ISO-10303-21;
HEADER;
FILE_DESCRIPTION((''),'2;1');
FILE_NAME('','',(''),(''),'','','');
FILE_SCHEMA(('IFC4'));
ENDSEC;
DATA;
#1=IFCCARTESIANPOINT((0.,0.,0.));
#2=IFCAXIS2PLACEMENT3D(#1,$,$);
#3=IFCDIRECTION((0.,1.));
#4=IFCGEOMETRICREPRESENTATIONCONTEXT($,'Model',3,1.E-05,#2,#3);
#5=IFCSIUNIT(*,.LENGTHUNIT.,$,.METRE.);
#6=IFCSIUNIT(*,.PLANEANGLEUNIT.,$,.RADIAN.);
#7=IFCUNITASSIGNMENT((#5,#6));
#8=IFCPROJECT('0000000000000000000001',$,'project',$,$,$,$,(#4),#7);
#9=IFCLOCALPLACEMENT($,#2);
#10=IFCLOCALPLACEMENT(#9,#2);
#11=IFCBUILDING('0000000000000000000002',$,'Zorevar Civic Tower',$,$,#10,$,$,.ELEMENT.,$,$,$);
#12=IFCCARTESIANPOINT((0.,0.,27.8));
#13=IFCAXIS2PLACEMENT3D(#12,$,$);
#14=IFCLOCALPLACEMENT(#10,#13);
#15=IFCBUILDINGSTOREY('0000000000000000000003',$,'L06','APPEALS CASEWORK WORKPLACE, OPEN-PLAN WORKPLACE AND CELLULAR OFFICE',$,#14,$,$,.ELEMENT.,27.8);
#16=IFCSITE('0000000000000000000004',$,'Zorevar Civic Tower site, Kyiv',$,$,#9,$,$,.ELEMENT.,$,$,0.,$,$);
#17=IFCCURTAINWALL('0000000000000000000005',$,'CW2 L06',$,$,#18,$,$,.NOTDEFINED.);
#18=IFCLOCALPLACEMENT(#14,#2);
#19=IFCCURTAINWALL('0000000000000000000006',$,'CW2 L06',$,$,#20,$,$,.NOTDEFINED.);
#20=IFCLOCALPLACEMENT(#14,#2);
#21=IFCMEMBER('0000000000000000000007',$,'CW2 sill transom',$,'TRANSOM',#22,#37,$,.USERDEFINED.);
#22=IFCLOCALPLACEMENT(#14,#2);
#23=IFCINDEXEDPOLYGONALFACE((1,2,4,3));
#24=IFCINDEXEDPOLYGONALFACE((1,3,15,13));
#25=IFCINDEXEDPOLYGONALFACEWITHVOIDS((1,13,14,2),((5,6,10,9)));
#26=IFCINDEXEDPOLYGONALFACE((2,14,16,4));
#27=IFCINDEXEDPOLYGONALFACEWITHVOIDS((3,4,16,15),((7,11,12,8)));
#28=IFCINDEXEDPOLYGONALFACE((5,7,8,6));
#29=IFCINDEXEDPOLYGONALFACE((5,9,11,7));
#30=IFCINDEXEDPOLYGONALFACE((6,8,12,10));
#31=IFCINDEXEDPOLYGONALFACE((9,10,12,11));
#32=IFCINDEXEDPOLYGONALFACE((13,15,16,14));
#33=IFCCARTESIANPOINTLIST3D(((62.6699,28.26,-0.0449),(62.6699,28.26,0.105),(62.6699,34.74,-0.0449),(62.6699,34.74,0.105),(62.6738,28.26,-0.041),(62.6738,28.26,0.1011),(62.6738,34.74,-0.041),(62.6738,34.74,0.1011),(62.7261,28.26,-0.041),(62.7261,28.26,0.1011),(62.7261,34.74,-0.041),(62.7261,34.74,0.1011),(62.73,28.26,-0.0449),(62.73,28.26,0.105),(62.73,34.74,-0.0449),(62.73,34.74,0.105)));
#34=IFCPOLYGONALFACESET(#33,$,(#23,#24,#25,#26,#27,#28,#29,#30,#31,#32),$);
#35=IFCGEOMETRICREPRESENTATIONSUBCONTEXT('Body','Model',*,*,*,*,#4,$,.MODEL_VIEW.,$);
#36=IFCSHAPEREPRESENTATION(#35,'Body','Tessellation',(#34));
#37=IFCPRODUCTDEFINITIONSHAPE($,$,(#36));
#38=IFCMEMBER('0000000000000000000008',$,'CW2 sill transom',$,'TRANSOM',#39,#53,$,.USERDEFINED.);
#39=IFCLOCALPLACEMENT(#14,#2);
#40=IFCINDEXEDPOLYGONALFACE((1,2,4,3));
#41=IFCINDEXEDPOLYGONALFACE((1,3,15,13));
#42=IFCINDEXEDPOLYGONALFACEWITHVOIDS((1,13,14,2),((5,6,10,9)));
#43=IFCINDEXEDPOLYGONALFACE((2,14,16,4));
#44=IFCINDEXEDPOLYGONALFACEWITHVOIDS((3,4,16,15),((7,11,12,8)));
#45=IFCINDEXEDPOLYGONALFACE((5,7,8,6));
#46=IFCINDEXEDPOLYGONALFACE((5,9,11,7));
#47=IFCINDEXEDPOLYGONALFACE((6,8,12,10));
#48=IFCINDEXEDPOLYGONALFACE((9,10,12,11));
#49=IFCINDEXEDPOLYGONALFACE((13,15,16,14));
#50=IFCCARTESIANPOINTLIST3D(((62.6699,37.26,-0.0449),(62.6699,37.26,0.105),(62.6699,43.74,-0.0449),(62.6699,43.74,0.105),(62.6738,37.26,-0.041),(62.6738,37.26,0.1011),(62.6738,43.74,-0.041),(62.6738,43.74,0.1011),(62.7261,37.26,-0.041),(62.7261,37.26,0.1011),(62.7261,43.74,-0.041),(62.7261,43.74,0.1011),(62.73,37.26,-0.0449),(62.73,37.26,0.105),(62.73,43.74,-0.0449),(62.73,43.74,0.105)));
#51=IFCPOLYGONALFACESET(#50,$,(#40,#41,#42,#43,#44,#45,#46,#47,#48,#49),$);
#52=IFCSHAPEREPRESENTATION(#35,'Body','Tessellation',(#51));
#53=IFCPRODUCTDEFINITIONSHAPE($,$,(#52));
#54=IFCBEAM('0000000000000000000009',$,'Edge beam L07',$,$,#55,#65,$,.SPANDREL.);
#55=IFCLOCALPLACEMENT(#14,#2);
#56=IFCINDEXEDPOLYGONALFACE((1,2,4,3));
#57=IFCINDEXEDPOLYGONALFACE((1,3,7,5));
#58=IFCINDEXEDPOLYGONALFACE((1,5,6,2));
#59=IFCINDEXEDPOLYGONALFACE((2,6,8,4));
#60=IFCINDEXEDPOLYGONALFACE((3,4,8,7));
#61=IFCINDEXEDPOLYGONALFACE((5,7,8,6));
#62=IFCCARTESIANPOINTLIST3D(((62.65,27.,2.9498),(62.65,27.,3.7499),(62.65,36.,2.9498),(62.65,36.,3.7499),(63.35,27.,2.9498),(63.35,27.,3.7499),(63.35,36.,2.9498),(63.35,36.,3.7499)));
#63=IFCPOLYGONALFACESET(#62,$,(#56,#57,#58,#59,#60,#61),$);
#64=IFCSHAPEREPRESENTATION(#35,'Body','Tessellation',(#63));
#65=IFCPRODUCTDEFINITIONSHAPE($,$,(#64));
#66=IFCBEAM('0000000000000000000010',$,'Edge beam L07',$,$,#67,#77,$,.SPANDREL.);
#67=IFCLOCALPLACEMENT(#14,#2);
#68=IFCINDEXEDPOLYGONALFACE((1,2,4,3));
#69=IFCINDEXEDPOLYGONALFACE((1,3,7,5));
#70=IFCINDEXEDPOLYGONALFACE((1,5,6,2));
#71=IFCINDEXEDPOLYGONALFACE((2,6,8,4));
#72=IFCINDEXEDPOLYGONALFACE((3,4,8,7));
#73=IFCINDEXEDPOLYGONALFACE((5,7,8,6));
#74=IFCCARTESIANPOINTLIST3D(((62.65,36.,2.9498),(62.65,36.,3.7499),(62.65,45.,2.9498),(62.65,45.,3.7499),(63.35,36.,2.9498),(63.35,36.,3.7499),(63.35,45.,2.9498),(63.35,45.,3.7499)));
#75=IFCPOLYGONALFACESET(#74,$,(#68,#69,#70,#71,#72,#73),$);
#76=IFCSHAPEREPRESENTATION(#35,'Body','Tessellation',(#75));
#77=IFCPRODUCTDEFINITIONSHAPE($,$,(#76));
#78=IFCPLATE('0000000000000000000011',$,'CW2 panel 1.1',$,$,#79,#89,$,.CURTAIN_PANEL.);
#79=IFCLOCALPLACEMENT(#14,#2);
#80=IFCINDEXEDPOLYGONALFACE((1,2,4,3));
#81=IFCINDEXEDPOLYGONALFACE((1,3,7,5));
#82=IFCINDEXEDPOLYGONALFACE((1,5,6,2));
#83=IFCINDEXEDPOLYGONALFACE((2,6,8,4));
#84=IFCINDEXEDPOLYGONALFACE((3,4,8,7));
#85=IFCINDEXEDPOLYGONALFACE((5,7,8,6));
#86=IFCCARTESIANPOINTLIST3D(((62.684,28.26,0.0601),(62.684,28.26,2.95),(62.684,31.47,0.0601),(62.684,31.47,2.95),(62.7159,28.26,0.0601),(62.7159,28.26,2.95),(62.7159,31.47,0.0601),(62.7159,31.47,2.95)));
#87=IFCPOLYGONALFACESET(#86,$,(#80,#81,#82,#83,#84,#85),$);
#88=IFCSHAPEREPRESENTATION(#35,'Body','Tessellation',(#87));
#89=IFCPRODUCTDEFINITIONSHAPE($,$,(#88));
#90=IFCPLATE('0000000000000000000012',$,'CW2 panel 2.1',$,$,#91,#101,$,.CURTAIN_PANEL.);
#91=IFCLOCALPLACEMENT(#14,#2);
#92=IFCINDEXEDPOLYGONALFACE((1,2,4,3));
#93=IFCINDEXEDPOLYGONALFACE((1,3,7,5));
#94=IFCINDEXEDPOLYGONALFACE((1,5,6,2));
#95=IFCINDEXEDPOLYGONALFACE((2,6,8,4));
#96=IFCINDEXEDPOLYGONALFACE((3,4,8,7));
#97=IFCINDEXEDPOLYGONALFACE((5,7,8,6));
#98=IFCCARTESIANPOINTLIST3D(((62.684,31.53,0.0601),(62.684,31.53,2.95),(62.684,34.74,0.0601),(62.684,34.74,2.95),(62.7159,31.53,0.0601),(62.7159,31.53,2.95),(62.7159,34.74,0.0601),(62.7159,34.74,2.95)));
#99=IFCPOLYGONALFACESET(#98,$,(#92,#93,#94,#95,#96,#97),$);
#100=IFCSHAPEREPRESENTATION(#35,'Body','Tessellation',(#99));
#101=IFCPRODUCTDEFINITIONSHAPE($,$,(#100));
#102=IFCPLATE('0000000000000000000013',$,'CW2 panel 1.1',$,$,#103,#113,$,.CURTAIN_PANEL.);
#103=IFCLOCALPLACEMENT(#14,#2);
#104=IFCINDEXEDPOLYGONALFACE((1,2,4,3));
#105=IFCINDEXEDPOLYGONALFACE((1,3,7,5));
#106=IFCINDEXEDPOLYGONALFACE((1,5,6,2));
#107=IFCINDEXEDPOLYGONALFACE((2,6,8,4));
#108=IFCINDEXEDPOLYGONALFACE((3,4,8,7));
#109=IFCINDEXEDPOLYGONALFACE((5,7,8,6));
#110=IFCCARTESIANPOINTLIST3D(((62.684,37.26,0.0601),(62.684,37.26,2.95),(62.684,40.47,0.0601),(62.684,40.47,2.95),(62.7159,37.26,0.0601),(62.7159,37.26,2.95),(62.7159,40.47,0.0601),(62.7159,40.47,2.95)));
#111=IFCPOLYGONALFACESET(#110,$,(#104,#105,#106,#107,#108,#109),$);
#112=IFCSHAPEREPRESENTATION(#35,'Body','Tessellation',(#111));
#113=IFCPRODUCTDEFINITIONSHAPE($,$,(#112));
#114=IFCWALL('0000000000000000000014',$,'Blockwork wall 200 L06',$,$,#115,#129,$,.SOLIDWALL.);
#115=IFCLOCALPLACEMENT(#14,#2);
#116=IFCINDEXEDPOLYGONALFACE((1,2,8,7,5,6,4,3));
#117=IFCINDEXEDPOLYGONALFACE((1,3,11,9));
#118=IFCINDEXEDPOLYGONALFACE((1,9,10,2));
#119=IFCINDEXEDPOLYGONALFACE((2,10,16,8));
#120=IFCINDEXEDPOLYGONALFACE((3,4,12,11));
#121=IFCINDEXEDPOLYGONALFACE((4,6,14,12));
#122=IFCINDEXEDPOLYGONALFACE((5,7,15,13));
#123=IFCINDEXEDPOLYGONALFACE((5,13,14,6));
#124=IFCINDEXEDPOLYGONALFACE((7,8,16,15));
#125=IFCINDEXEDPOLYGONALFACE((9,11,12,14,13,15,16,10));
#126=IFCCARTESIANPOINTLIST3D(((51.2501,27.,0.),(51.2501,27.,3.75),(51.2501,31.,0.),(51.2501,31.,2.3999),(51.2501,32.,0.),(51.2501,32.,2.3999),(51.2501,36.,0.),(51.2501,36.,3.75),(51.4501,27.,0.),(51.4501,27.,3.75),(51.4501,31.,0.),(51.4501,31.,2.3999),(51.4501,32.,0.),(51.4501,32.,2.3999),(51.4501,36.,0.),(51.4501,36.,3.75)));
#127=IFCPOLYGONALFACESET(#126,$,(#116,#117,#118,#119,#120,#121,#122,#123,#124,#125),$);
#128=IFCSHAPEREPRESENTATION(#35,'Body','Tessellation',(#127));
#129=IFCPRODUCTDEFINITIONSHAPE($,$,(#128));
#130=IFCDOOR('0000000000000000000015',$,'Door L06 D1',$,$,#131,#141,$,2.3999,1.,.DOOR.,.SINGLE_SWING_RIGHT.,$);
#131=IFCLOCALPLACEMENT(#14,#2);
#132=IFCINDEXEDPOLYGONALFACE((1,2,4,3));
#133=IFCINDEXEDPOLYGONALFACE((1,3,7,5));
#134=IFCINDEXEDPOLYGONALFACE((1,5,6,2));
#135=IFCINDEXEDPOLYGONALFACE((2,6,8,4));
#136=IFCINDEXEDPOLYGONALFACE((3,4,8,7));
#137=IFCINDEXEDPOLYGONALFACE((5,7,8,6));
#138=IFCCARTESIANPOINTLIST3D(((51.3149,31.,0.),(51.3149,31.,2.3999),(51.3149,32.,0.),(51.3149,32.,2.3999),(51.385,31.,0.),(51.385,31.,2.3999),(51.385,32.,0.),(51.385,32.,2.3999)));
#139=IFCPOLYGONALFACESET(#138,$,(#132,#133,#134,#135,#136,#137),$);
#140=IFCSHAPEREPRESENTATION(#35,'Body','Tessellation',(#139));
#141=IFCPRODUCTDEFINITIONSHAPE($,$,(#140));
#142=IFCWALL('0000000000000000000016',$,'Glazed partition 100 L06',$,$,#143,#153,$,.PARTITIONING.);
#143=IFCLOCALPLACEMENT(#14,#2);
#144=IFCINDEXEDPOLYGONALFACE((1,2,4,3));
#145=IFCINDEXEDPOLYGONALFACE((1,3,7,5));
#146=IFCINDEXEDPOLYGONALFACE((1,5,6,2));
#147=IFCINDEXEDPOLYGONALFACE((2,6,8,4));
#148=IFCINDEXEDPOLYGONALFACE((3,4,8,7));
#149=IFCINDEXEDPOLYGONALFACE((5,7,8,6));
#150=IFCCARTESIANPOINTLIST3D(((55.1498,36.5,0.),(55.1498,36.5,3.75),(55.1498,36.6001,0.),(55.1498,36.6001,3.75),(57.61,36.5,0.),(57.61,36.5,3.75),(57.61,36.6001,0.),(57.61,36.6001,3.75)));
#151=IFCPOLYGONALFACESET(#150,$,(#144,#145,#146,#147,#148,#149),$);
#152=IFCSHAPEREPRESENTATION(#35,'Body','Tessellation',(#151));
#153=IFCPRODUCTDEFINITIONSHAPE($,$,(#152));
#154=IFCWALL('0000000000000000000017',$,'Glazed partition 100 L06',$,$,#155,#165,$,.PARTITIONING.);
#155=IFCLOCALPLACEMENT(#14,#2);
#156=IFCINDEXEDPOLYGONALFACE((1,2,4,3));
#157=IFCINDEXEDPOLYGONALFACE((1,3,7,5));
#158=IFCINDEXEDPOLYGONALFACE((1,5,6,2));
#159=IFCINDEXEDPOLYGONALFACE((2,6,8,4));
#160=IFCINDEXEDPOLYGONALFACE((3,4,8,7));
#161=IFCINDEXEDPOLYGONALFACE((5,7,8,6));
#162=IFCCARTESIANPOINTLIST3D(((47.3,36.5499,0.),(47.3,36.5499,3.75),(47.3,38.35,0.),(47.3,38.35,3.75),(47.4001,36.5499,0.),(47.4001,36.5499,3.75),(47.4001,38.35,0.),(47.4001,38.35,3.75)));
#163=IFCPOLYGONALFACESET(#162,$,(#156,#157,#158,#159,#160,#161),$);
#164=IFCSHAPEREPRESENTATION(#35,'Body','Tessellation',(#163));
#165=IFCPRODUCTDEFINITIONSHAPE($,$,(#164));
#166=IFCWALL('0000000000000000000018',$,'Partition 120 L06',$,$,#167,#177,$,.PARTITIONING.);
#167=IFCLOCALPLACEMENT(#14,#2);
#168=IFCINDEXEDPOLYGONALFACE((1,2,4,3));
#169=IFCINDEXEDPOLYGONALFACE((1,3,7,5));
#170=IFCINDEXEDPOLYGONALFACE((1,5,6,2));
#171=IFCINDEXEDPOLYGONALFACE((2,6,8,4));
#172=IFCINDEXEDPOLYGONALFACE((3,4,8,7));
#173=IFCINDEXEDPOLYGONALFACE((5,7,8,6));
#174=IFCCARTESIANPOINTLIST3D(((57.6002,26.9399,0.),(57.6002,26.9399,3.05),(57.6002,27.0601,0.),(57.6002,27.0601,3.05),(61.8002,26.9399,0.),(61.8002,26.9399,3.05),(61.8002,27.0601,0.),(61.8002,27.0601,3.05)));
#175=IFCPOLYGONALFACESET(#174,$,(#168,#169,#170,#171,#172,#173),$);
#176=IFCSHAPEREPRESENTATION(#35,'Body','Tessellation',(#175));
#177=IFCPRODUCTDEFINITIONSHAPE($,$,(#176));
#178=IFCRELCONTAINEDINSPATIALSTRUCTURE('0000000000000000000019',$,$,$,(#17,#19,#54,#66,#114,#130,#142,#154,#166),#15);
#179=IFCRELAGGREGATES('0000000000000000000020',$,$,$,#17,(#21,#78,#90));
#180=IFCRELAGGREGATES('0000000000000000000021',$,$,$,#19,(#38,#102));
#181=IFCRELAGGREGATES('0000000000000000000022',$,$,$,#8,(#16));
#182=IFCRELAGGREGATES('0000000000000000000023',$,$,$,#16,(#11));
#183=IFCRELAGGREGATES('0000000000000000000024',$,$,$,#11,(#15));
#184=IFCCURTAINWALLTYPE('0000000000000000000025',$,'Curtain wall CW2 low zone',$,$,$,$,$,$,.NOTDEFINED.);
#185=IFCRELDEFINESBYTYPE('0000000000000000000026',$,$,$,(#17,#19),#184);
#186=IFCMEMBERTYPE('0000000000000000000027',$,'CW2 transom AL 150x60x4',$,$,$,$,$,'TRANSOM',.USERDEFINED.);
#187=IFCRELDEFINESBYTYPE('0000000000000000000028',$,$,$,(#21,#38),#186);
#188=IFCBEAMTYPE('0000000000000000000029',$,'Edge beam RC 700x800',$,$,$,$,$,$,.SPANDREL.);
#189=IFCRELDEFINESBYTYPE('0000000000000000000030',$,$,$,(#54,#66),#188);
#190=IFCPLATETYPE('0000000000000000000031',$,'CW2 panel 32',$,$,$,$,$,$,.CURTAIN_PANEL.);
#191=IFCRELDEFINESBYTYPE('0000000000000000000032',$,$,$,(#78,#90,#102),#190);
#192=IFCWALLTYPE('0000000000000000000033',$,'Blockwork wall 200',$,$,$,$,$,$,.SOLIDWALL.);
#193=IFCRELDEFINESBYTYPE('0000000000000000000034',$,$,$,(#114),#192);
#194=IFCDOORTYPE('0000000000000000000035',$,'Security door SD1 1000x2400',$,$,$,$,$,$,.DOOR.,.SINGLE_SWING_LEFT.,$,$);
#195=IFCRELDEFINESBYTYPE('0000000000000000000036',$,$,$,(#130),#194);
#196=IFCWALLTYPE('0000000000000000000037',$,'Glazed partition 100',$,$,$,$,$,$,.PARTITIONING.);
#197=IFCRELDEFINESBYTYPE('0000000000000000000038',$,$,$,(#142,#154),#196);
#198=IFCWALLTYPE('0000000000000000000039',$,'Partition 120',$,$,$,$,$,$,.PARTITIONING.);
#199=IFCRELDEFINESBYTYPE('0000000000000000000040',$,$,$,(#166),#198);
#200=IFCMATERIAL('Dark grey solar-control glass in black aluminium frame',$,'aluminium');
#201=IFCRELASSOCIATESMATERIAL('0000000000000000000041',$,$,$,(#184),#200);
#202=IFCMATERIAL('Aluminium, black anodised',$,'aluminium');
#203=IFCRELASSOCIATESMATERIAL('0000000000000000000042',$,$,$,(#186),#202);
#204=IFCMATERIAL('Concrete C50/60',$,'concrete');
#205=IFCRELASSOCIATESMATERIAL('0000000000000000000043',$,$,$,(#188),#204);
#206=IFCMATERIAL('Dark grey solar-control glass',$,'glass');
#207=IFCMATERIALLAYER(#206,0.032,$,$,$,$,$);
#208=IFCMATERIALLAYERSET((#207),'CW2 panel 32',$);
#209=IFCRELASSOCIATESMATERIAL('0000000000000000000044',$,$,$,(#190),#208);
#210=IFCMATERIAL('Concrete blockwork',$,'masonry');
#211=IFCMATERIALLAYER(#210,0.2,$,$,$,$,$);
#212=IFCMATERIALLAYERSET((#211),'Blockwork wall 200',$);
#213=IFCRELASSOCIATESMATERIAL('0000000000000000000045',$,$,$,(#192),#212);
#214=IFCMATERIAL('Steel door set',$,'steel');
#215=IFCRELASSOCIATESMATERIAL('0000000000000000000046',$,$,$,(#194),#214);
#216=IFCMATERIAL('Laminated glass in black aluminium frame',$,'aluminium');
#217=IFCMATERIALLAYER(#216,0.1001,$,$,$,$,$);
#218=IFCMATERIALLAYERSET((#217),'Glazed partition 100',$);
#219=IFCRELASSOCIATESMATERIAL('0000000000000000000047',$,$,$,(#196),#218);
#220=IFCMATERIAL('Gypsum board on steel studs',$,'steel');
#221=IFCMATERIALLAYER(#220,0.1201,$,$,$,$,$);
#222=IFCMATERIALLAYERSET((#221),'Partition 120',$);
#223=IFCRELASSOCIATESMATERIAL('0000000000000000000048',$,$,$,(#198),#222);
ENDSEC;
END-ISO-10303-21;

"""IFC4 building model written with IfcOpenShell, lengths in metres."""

from ifc_helpers import new_model, si_unit, direction, frame, frame_2d, origin, origin_2d, place, context, subcontext, project, spatial, rectangle, hollow_rectangle, extrude, material, layer, layer_set, material_profile, profile_set, type_object, element, fill, aggregate, save


model = new_model("IFC4")

# Units and contexts
model_context = context("Model", 3, precision=1e-05, world=origin(), true_north=direction((0.0, 1.0)))
body_context = subcontext(model_context, "Body", "Model", "MODEL_VIEW")
ifc_project = project(units=[si_unit("LENGTHUNIT", "METRE"), si_unit("PLANEANGLEUNIT", "RADIAN")], contexts=[model_context])

# Site, building, storey
site_placement = place(None, origin())
site = spatial("IfcSite", under=ifc_project, at=site_placement, Name="Zorevar Civic Tower site, Kyiv", CompositionType="ELEMENT", RefElevation=0.0)
building_placement = place(site_placement, origin())
building = spatial("IfcBuilding", under=site, at=building_placement, Name="Zorevar Civic Tower", CompositionType="ELEMENT")
storey_placement = place(building_placement, frame((0.0, 0.0, 27.8)))
storey = spatial("IfcBuildingStorey", under=building, at=storey_placement, Name="L06", Description="APPEALS CASEWORK WORKPLACE, OPEN-PLAN WORKPLACE AND CELLULAR OFFICE", CompositionType="ELEMENT", Elevation=27.8)

# Curtain wall
ifc_material_1 = material(Name="Dark grey solar-control glass in black aluminium frame", Category="aluminium")
curtain_wall_type = type_object("IfcCurtainWallType", Name="Curtain wall CW2 low zone", PredefinedType="NOTDEFINED", material=ifc_material_1)
curtain_wall_1_placement = place(storey_placement, origin())
curtain_wall_1 = element("IfcCurtainWall", 1, at=curtain_wall_1_placement, inside=storey, type_object=curtain_wall_type, Name="CW2 L06", PredefinedType="NOTDEFINED")

# Curtain wall
curtain_wall_2_placement = place(storey_placement, origin())
curtain_wall_2 = element("IfcCurtainWall", 2, at=curtain_wall_2_placement, inside=storey, type_object=curtain_wall_type, Name="CW2 L06", PredefinedType="NOTDEFINED")

# Members
ifc_material_2 = material(Name="Aluminium, black anodised", Category="aluminium")
ifc_material_profile_1 = material_profile(ifc_material_2, hollow_rectangle(XDim=0.0601, YDim=0.1499, WallThickness=0.0039, at=origin_2d()), Name="AL 150x60x4")
ifc_profile_set_1 = profile_set([ifc_material_profile_1], Name="Aluminium, black anodised")
member_type_1 = type_object("IfcMemberType", Name="CW2 transom AL 150x60x4", ElementType="TRANSOM", PredefinedType="USERDEFINED", material=ifc_profile_set_1)
member_1_placement = place(storey_placement, frame((62.7, 28.26, 0.03), z_axis=(0.0, 1.0, 0.0), x_axis=(-1.0, 0.0, 0.0)))
member_1 = element("IfcMember", 3, at=member_1_placement, type_object=member_type_1, Name="CW2 sill transom", ObjectType="TRANSOM", PredefinedType="USERDEFINED", context=body_context, shape_type="SweptSolid", body=[
    extrude(hollow_rectangle(XDim=0.0601, YDim=0.1499, WallThickness=0.0039, at=origin_2d()), origin(), (0.0, 0.0, 1.0), 6.48),
])
member_2_placement = place(storey_placement, frame((62.7, 37.26, 0.03), z_axis=(0.0, 1.0, 0.0), x_axis=(-1.0, 0.0, 0.0)))
member_2 = element("IfcMember", 4, at=member_2_placement, type_object=member_type_1, Name="CW2 sill transom", ObjectType="TRANSOM", PredefinedType="USERDEFINED", context=body_context, shape_type="SweptSolid", body=[
    extrude(hollow_rectangle(XDim=0.0601, YDim=0.1499, WallThickness=0.0039, at=origin_2d()), origin(), (0.0, 0.0, 1.0), 6.48),
])

# Beams
ifc_material_3 = material(Name="Concrete C50/60", Category="concrete")
ifc_material_profile_2 = material_profile(ifc_material_3, rectangle(XDim=0.7, YDim=0.8, at=origin_2d()), Name="RC 700x800")
ifc_profile_set_2 = profile_set([ifc_material_profile_2], Name="Concrete C50/60")
beam_type_1 = type_object("IfcBeamType", Name="Edge beam RC 700x800", PredefinedType="SPANDREL", material=ifc_profile_set_2)
for number, where, z_axis, x_axis, name in (
    (5, (63.0, 27.0, 3.3499), (0.0, 1.0, 0.0), (-1.0, 0.0, 0.0), "Edge beam L07"),
    (6, (63.0, 36.0, 3.3499), (0.0, 1.0, 0.0), (-1.0, 0.0, 0.0), "Edge beam L07"),
):
    element("IfcBeam", number, at=place(storey_placement, frame(where, z_axis=z_axis, x_axis=x_axis)), inside=storey, type_object=beam_type_1, Name=name, PredefinedType="SPANDREL", context=body_context, shape_type="SweptSolid", body=[
        extrude(rectangle(XDim=0.7, YDim=0.8, at=origin_2d()), origin(), (0.0, 0.0, 1.0), 9.0),
    ])

# Plates
ifc_material_4 = material(Name="Dark grey solar-control glass", Category="glass")
ifc_layer_1 = layer(ifc_material_4, 0.032)
ifc_layer_set_1 = layer_set([ifc_layer_1], Name="CW2 panel 32")
plate_type = type_object("IfcPlateType", Name="CW2 panel 32", PredefinedType="CURTAIN_PANEL", material=ifc_layer_set_1)
plate_1_placement = place(storey_placement, frame((62.7, 29.865, 0.0601), z_axis=(0.0, 0.0, 1.0), x_axis=(0.0, 1.0, 0.0)))
plate_1 = element("IfcPlate", 7, at=plate_1_placement, type_object=plate_type, Name="CW2 panel 1.1", PredefinedType="CURTAIN_PANEL", context=body_context, shape_type="SweptSolid", body=[
    extrude(rectangle(XDim=3.21, YDim=0.032, at=origin_2d()), origin(), (0.0, 0.0, 1.0), 2.8899),
])
plate_2_placement = place(storey_placement, frame((62.7, 33.135, 0.0601), z_axis=(0.0, 0.0, 1.0), x_axis=(0.0, 1.0, 0.0)))
plate_2 = element("IfcPlate", 8, at=plate_2_placement, type_object=plate_type, Name="CW2 panel 2.1", PredefinedType="CURTAIN_PANEL", context=body_context, shape_type="SweptSolid", body=[
    extrude(rectangle(XDim=3.21, YDim=0.032, at=origin_2d()), origin(), (0.0, 0.0, 1.0), 2.8899),
])
aggregate(curtain_wall_1, [member_1, plate_1, plate_2])
plate_3_placement = place(storey_placement, frame((62.7, 38.865, 0.0601), z_axis=(0.0, 0.0, 1.0), x_axis=(0.0, 1.0, 0.0)))
plate_3 = element("IfcPlate", 9, at=plate_3_placement, type_object=plate_type, Name="CW2 panel 1.1", PredefinedType="CURTAIN_PANEL", context=body_context, shape_type="SweptSolid", body=[
    extrude(rectangle(XDim=3.21, YDim=0.032, at=origin_2d()), origin(), (0.0, 0.0, 1.0), 2.8899),
])
aggregate(curtain_wall_2, [member_2, plate_3])

# Wall, opening, door
ifc_material_5 = material(Name="Concrete blockwork", Category="masonry")
ifc_layer_2 = layer(ifc_material_5, 0.2)
ifc_layer_set_2 = layer_set([ifc_layer_2], Name="Blockwork wall 200")
wall_type_1 = type_object("IfcWallType", Name="Blockwork wall 200", PredefinedType="SOLIDWALL", material=ifc_layer_set_2)
wall_1_placement = place(storey_placement, frame((51.3501, 27.0, 0.0), z_axis=(0.0, 0.0, 1.0), x_axis=(0.0, 1.0, 0.0)))
wall_1 = element("IfcWall", 10, at=wall_1_placement, inside=storey, type_object=wall_type_1, Name="Blockwork wall 200 L06", PredefinedType="SOLIDWALL", context=body_context, shape_type="SweptSolid", body=[
    extrude(rectangle(XDim=9.0, YDim=0.2, at=frame_2d((4.5, 0.0))), origin(), (0.0, 0.0, 1.0), 3.75),
])
opening_1_placement = place(wall_1_placement, frame((4.0, 0.0, 0.0)))
opening_1 = element("IfcOpeningElement", 11, at=opening_1_placement, cuts=wall_1, PredefinedType="OPENING", context=body_context, shape_type="SweptSolid", body=[
    extrude(rectangle(XDim=1.0, YDim=2.3999, at=frame_2d((0.5, 1.2))), frame((0.0, 0.1099, 0.0), z_axis=(0.0, -1.0, 0.0), x_axis=(1.0, 0.0, 0.0)), (0.0, 0.0, 1.0), 0.22),
])
ifc_material_6 = material(Name="Steel door set", Category="steel")
door_type_1 = type_object("IfcDoorType", Name="Security door SD1 1000x2400", OperationType="SINGLE_SWING_LEFT", PredefinedType="DOOR", material=ifc_material_6)
door_1_placement = place(opening_1_placement, origin())
door_1 = element("IfcDoor", 12, at=door_1_placement, inside=storey, type_object=door_type_1, Name="Door L06 D1", OperationType="SINGLE_SWING_RIGHT", OverallHeight=2.3999, OverallWidth=1.0, PredefinedType="DOOR", context=body_context, shape_type="SweptSolid", body=[
    extrude(rectangle(XDim=1.0, YDim=2.3999, at=frame_2d((0.5, 1.2))), frame((0.0, 0.0352, 0.0), z_axis=(0.0, -1.0, 0.0), x_axis=(1.0, 0.0, 0.0)), (0.0, 0.0, 1.0), 0.0701),
])
fill(opening_1, door_1)

# Walls
ifc_material_7 = material(Name="Laminated glass in black aluminium frame", Category="aluminium")
ifc_layer_3 = layer(ifc_material_7, 0.1001)
ifc_layer_set_3 = layer_set([ifc_layer_3], Name="Glazed partition 100")
wall_type_2 = type_object("IfcWallType", Name="Glazed partition 100", PredefinedType="PARTITIONING", material=ifc_layer_set_3)
wall_2_placement = place(storey_placement, frame((55.1499, 36.55, 0.0), z_axis=(0.0, 0.0, 1.0), x_axis=(1.0, 0.0, 0.0)))
element("IfcWall", 13, at=wall_2_placement, inside=storey, type_object=wall_type_2, Name="Glazed partition 100 L06", PredefinedType="PARTITIONING", context=body_context, shape_type="SweptSolid", body=[
    extrude(rectangle(XDim=2.4602, YDim=0.1001, at=frame_2d((1.23, 0.0))), origin(), (0.0, 0.0, 1.0), 3.75),
])
wall_3_placement = place(storey_placement, frame((47.3501, 36.55, 0.0), z_axis=(0.0, 0.0, 1.0), x_axis=(0.0, 1.0, 0.0)))
element("IfcWall", 14, at=wall_3_placement, inside=storey, type_object=wall_type_2, Name="Glazed partition 100 L06", PredefinedType="PARTITIONING", context=body_context, shape_type="SweptSolid", body=[
    extrude(rectangle(XDim=1.8, YDim=0.1001, at=frame_2d((0.8999, 0.0))), origin(), (0.0, 0.0, 1.0), 3.75),
])
ifc_material_8 = material(Name="Gypsum board on steel studs", Category="steel")
ifc_layer_4 = layer(ifc_material_8, 0.1201)
ifc_layer_set_4 = layer_set([ifc_layer_4], Name="Partition 120")
wall_type_3 = type_object("IfcWallType", Name="Partition 120", PredefinedType="PARTITIONING", material=ifc_layer_set_4)
wall_4_placement = place(storey_placement, frame((57.6001, 27.0, 0.0), z_axis=(0.0, 0.0, 1.0), x_axis=(1.0, 0.0, 0.0)))
element("IfcWall", 15, at=wall_4_placement, inside=storey, type_object=wall_type_3, Name="Partition 120 L06", PredefinedType="PARTITIONING", context=body_context, shape_type="SweptSolid", body=[
    extrude(rectangle(XDim=4.2, YDim=0.1201, at=frame_2d((2.1001, 0.0))), origin(), (0.0, 0.0, 1.0), 3.05),
])

save(model, "model.ifc")
